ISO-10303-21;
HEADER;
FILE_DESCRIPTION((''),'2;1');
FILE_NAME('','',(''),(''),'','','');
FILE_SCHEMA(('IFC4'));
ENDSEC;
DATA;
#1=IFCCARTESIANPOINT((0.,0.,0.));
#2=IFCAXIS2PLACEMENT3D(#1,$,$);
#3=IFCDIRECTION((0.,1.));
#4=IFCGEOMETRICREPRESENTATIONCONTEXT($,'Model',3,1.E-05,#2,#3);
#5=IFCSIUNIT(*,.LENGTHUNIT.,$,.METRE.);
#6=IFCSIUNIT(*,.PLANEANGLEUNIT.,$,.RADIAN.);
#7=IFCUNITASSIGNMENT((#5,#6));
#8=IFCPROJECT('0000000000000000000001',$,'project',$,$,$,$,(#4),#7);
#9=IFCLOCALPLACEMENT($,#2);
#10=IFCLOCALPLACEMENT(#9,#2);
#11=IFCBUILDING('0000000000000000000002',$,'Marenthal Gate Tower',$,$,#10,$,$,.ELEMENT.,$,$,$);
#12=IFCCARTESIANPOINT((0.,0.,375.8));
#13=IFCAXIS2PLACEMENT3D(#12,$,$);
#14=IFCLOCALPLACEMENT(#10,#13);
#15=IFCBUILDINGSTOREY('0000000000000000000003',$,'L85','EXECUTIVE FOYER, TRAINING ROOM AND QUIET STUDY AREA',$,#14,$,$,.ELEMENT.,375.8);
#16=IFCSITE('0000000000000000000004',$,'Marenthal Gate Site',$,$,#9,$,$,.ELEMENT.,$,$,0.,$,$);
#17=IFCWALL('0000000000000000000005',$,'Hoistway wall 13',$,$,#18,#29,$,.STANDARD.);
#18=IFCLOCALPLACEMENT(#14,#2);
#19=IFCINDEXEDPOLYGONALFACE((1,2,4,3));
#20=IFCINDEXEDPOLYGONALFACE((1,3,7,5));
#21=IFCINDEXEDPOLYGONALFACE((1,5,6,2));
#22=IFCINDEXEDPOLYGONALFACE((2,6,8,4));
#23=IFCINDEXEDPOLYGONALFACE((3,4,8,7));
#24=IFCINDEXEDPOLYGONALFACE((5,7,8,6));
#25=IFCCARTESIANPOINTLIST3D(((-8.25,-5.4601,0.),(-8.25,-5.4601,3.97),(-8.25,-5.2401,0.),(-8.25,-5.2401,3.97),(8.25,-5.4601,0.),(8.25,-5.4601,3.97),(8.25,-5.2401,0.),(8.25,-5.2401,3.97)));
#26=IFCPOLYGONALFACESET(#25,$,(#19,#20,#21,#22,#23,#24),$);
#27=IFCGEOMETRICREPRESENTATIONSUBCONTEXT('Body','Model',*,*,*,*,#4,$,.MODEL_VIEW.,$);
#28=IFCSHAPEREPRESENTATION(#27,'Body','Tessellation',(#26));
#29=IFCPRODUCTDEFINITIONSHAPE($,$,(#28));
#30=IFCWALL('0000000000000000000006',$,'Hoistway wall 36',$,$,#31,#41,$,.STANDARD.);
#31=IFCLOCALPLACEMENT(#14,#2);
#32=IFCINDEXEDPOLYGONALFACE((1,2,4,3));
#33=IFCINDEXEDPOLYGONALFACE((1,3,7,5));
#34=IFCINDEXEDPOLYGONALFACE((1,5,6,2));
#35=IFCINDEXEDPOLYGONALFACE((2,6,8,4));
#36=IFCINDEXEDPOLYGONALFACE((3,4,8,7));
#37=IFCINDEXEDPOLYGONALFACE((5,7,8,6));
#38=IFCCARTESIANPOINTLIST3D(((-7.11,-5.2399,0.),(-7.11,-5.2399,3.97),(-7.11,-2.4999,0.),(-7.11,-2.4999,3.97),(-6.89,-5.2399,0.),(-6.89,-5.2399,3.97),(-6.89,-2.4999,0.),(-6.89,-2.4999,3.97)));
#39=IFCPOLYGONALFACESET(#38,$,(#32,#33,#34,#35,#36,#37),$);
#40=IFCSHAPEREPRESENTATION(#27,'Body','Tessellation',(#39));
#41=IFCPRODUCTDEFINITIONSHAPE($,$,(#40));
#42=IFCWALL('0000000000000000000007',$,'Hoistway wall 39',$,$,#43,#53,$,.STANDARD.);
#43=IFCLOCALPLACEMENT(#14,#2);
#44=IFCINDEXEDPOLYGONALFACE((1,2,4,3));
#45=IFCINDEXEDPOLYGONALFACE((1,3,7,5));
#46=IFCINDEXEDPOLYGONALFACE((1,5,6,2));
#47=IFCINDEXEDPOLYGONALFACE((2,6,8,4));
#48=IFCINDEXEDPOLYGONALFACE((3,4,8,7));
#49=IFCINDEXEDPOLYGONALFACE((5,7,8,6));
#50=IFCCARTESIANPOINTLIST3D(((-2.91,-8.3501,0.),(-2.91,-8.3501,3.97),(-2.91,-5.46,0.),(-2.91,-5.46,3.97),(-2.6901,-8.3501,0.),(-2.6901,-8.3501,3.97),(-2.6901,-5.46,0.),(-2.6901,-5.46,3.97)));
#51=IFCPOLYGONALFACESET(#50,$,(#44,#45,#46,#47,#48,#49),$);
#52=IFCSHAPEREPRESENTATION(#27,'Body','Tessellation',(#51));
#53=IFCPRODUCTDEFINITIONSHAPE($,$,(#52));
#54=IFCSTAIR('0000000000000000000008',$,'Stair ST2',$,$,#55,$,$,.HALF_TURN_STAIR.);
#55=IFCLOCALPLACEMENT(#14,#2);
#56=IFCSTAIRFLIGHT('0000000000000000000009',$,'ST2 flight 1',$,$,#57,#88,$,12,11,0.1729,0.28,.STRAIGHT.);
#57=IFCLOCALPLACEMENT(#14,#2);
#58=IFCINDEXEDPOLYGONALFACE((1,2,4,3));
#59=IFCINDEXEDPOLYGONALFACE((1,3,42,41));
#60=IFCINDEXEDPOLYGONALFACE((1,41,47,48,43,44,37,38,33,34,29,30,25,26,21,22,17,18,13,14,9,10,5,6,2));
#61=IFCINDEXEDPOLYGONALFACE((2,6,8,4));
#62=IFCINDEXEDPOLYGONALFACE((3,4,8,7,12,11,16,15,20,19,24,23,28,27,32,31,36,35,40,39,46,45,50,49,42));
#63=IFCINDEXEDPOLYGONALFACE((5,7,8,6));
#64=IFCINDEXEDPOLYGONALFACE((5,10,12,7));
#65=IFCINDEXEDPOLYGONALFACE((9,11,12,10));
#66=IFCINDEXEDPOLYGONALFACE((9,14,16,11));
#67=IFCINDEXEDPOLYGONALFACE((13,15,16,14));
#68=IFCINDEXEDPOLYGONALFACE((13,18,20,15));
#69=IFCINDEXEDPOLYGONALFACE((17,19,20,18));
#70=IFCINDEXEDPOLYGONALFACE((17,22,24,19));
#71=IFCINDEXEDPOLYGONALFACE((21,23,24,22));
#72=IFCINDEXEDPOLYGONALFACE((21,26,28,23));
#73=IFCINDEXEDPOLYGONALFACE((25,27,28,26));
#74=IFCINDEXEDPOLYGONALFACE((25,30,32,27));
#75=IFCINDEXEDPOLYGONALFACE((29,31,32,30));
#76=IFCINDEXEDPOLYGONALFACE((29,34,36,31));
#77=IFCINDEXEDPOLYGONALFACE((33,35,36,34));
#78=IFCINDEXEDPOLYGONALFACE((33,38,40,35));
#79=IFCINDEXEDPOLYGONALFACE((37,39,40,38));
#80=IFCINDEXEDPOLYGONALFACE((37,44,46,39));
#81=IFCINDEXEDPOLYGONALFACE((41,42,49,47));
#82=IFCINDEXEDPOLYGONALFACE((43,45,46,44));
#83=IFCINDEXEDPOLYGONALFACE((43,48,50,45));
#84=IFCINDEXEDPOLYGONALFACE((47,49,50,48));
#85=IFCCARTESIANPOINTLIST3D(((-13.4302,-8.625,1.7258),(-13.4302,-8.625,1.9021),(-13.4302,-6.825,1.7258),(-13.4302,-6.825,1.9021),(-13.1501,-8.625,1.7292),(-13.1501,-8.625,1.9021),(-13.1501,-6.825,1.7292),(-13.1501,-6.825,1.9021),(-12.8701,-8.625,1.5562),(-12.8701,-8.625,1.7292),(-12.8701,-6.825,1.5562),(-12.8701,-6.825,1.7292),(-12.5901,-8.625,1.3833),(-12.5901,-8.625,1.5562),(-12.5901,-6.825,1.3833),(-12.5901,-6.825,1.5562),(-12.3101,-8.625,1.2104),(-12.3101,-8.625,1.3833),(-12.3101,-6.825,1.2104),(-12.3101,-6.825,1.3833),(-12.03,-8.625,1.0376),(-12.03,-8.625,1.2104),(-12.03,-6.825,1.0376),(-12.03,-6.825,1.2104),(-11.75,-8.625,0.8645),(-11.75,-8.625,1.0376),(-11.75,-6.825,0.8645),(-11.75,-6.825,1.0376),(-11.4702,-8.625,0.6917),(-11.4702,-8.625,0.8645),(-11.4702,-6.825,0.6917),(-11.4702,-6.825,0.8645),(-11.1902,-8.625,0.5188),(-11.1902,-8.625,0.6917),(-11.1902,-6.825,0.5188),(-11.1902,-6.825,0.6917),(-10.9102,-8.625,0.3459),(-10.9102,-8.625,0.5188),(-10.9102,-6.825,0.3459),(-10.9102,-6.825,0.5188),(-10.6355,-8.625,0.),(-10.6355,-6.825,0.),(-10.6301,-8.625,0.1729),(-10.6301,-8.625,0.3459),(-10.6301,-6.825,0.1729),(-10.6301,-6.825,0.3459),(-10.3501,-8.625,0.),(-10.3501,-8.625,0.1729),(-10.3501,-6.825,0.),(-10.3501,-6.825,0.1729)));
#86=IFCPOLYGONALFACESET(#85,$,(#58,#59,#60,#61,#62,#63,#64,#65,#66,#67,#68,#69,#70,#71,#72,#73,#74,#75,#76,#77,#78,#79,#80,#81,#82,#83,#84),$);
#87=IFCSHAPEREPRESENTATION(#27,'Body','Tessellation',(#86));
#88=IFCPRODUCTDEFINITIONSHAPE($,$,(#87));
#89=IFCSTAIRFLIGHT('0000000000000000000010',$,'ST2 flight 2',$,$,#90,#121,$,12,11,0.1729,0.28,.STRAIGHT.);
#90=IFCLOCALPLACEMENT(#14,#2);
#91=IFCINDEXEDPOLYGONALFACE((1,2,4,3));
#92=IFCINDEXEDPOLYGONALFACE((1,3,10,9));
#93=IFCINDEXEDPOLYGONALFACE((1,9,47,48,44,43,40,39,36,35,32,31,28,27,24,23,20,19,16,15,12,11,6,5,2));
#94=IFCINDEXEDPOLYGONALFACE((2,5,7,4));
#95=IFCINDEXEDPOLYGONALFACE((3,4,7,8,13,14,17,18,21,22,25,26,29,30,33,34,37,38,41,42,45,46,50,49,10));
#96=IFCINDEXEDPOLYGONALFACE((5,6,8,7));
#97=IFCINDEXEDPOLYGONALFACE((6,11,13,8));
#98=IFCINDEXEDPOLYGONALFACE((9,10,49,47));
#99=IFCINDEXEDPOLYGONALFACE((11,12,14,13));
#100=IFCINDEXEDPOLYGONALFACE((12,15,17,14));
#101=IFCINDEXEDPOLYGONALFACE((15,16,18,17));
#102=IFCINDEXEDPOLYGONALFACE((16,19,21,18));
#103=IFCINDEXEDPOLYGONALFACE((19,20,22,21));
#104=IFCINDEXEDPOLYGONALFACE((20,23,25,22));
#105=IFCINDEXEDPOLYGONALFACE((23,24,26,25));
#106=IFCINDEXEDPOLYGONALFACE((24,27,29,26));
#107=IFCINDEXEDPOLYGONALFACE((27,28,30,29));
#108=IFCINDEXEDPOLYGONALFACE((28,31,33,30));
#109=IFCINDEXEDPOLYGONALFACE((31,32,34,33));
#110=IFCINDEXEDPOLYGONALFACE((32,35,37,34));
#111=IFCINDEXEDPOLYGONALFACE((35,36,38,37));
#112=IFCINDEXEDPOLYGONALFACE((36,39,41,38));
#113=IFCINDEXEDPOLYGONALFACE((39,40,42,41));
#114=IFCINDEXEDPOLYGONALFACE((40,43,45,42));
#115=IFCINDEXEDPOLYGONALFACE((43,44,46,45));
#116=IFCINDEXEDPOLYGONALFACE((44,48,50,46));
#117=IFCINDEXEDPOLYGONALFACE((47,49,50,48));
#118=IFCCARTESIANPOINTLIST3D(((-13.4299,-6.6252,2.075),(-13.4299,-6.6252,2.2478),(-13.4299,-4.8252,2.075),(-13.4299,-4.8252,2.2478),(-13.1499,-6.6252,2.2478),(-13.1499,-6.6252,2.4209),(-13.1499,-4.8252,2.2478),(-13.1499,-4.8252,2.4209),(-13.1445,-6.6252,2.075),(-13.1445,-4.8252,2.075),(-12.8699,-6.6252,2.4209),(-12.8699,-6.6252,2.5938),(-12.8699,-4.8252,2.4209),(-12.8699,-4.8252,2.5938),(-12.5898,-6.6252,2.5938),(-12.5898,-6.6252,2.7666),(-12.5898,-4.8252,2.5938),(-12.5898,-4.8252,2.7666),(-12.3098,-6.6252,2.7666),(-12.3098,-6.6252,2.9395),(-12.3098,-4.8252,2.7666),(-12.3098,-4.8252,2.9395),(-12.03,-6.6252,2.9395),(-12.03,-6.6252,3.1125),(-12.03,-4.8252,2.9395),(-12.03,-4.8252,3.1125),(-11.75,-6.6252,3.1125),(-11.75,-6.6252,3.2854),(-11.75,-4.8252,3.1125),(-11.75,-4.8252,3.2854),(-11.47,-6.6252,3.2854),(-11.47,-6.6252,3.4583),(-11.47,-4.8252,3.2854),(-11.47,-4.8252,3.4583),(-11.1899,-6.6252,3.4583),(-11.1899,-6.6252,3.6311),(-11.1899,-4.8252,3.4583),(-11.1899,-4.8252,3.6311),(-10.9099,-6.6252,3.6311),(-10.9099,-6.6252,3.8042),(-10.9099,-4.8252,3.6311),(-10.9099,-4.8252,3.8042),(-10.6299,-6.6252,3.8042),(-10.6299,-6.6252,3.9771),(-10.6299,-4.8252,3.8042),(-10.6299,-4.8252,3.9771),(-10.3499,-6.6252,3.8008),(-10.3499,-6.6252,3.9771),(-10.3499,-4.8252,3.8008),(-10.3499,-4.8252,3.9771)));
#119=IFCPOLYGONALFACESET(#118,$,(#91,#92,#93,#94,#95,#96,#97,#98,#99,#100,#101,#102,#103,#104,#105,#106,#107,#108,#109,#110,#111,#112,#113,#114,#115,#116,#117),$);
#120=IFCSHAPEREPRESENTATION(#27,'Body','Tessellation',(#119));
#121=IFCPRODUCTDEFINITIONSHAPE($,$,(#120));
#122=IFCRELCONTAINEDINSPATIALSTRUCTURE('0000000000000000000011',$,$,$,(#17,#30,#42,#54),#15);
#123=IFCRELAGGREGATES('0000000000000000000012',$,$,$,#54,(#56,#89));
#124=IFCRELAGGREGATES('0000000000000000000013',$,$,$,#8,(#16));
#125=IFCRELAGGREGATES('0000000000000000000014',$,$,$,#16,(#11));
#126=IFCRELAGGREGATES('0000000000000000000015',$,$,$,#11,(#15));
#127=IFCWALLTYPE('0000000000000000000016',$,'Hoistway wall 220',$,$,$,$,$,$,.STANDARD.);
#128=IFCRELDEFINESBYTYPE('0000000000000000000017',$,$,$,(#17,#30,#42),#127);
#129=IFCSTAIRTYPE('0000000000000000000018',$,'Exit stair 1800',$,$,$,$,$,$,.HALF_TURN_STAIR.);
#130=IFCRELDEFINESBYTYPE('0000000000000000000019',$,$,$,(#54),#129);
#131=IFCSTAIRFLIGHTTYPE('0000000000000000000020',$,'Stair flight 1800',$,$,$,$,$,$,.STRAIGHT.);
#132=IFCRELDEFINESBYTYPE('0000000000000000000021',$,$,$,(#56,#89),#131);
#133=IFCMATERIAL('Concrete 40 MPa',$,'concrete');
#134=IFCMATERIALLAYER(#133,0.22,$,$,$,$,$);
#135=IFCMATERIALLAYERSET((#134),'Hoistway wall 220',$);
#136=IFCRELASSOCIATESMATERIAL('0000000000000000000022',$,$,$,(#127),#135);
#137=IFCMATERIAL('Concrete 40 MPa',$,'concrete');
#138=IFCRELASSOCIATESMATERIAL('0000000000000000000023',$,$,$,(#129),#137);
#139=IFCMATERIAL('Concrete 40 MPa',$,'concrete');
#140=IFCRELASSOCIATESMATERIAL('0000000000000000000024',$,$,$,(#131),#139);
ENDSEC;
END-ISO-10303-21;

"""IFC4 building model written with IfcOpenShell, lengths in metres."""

from ifc_helpers import new_model, si_unit, direction, frame, frame_2d, origin, place, context, subcontext, project, spatial, polyline, rectangle, outline, extrude, material, layer, layer_set, type_object, element, aggregate, save


model = new_model("IFC4")

# Units and contexts
model_context = context("Model", 3, precision=1e-05, world=origin(), true_north=direction((0.0, 1.0)))
body_context = subcontext(model_context, "Body", "Model", "MODEL_VIEW")
ifc_project = project(units=[si_unit("LENGTHUNIT", "METRE"), si_unit("PLANEANGLEUNIT", "RADIAN")], contexts=[model_context])

# Site, building, storey
site_placement = place(None, origin())
site = spatial("IfcSite", under=ifc_project, at=site_placement, Name="Marenthal Gate Site", CompositionType="ELEMENT", RefElevation=0.0)
building_placement = place(site_placement, origin())
building = spatial("IfcBuilding", under=site, at=building_placement, Name="Marenthal Gate Tower", CompositionType="ELEMENT")
storey_placement = place(building_placement, frame((0.0, 0.0, 375.8)))
storey = spatial("IfcBuildingStorey", under=building, at=storey_placement, Name="L85", Description="EXECUTIVE FOYER, TRAINING ROOM AND QUIET STUDY AREA", CompositionType="ELEMENT", Elevation=375.8)

# Shared definitions
ifc_material_1 = material(Name="Concrete 40 MPa", Category="concrete")
ifc_layer_1 = layer(ifc_material_1, 0.22)
ifc_layer_set_1 = layer_set([ifc_layer_1], Name="Hoistway wall 220")
wall_type_1 = type_object("IfcWallType", Name="Hoistway wall 220", PredefinedType="STANDARD", material=ifc_layer_set_1)

# Walls
wall_1_placement = place(storey_placement, frame((-8.25, -5.3501, 0.0), z_axis=(0.0, 0.0, 1.0), x_axis=(1.0, 0.0, 0.0)))
element("IfcWall", 1, at=wall_1_placement, inside=storey, type_object=wall_type_1, Name="Hoistway wall 13", PredefinedType="STANDARD", context=body_context, shape_type="SweptSolid", body=[
    extrude(rectangle(XDim=16.5, YDim=0.22, at=frame_2d((8.25, 0.0))), origin(), (0.0, 0.0, 1.0), 3.97),
])
wall_2_placement = place(storey_placement, frame((-7.0, -5.24, 0.0), z_axis=(0.0, 0.0, 1.0), x_axis=(0.0, 1.0, 0.0)))
element("IfcWall", 2, at=wall_2_placement, inside=storey, type_object=wall_type_1, Name="Hoistway wall 36", PredefinedType="STANDARD", context=body_context, shape_type="SweptSolid", body=[
    extrude(rectangle(XDim=2.74, YDim=0.22, at=frame_2d((1.3701, 0.0))), origin(), (0.0, 0.0, 1.0), 3.97),
])
wall_3_placement = place(storey_placement, frame((-2.8, -8.3501, 0.0), z_axis=(0.0, 0.0, 1.0), x_axis=(0.0, 1.0, 0.0)))
element("IfcWall", 3, at=wall_3_placement, inside=storey, type_object=wall_type_1, Name="Hoistway wall 39", PredefinedType="STANDARD", context=body_context, shape_type="SweptSolid", body=[
    extrude(rectangle(XDim=2.8901, YDim=0.22, at=frame_2d((1.4451, 0.0))), origin(), (0.0, 0.0, 1.0), 3.97),
])

# Stair, stair flights
ifc_material_2 = material(Name="Concrete 40 MPa", Category="concrete")
stair_type = type_object("IfcStairType", Name="Exit stair 1800", PredefinedType="HALF_TURN_STAIR", material=ifc_material_2)
stair_placement = place(storey_placement, origin())
stair = element("IfcStair", 4, at=stair_placement, inside=storey, type_object=stair_type, Name="Stair ST2", PredefinedType="HALF_TURN_STAIR")
ifc_material_3 = material(Name="Concrete 40 MPa", Category="concrete")
stair_flight_type = type_object("IfcStairFlightType", Name="Stair flight 1800", PredefinedType="STRAIGHT", material=ifc_material_3)
stair_flight_1_placement = place(storey_placement, frame((-10.3501, -7.7251, 0.0), z_axis=(0.0, 0.0, 1.0), x_axis=(-1.0, 0.0, 0.0)))
stair_flight_1 = element("IfcStairFlight", 5, at=stair_flight_1_placement, type_object=stair_flight_type, Name="ST2 flight 1", NumberOfRisers=12, NumberOfTreads=11, PredefinedType="STRAIGHT", RiserHeight=0.1729, TreadLength=0.28, context=body_context, shape_type="SweptSolid", body=[
    extrude(outline(polyline([(0.0, 0.0), (0.0, 0.1729), (0.28, 0.1729), (0.28, 0.3459), (0.5601, 0.3459), (0.5601, 0.5188), (0.8401, 0.5188), (0.8401, 0.6917), (1.1201, 0.6917), (1.1201, 0.8645), (1.3999, 0.8645), (1.3999, 1.0376), (1.6799, 1.0376), (1.6799, 1.2104), (1.96, 1.2104), (1.96, 1.3833), (2.24, 1.3833), (2.24, 1.5562), (2.52, 1.5562), (2.52, 1.7292), (2.8, 1.7292), (2.8, 1.9021), (3.0801, 1.9021), (3.0801, 2.075), (3.0801, 1.7258), (0.2854, 0.0), (0.0, 0.0)])), frame((0.0, 0.8999, 0.0), z_axis=(0.0, -1.0, 0.0), x_axis=(1.0, 0.0, 0.0)), (0.0, 0.0, 1.0), 1.8),
])
stair_flight_2_placement = place(storey_placement, frame((-13.4299, -5.7251, 2.075), z_axis=(0.0, 0.0, 1.0), x_axis=(1.0, 0.0, 0.0)))
stair_flight_2 = element("IfcStairFlight", 6, at=stair_flight_2_placement, type_object=stair_flight_type, Name="ST2 flight 2", NumberOfRisers=12, NumberOfTreads=11, PredefinedType="STRAIGHT", RiserHeight=0.1729, TreadLength=0.28, context=body_context, shape_type="SweptSolid", body=[
    extrude(outline(polyline([(0.0, 0.0), (0.0, 0.1729), (0.28, 0.1729), (0.28, 0.3459), (0.5601, 0.3459), (0.5601, 0.5188), (0.8401, 0.5188), (0.8401, 0.6917), (1.1201, 0.6917), (1.1201, 0.8645), (1.3999, 0.8645), (1.3999, 1.0376), (1.6799, 1.0376), (1.6799, 1.2104), (1.96, 1.2104), (1.96, 1.3833), (2.24, 1.3833), (2.24, 1.5562), (2.52, 1.5562), (2.52, 1.7292), (2.8, 1.7292), (2.8, 1.9021), (3.0801, 1.9021), (3.0801, 2.075), (3.0801, 1.7258), (0.2854, 0.0), (0.0, 0.0)])), frame((0.0, 0.8999, 0.0), z_axis=(0.0, -1.0, 0.0), x_axis=(1.0, 0.0, 0.0)), (0.0, 0.0, 1.0), 1.8),
])
aggregate(stair, [stair_flight_1, stair_flight_2])

save(model, "model.ifc")
